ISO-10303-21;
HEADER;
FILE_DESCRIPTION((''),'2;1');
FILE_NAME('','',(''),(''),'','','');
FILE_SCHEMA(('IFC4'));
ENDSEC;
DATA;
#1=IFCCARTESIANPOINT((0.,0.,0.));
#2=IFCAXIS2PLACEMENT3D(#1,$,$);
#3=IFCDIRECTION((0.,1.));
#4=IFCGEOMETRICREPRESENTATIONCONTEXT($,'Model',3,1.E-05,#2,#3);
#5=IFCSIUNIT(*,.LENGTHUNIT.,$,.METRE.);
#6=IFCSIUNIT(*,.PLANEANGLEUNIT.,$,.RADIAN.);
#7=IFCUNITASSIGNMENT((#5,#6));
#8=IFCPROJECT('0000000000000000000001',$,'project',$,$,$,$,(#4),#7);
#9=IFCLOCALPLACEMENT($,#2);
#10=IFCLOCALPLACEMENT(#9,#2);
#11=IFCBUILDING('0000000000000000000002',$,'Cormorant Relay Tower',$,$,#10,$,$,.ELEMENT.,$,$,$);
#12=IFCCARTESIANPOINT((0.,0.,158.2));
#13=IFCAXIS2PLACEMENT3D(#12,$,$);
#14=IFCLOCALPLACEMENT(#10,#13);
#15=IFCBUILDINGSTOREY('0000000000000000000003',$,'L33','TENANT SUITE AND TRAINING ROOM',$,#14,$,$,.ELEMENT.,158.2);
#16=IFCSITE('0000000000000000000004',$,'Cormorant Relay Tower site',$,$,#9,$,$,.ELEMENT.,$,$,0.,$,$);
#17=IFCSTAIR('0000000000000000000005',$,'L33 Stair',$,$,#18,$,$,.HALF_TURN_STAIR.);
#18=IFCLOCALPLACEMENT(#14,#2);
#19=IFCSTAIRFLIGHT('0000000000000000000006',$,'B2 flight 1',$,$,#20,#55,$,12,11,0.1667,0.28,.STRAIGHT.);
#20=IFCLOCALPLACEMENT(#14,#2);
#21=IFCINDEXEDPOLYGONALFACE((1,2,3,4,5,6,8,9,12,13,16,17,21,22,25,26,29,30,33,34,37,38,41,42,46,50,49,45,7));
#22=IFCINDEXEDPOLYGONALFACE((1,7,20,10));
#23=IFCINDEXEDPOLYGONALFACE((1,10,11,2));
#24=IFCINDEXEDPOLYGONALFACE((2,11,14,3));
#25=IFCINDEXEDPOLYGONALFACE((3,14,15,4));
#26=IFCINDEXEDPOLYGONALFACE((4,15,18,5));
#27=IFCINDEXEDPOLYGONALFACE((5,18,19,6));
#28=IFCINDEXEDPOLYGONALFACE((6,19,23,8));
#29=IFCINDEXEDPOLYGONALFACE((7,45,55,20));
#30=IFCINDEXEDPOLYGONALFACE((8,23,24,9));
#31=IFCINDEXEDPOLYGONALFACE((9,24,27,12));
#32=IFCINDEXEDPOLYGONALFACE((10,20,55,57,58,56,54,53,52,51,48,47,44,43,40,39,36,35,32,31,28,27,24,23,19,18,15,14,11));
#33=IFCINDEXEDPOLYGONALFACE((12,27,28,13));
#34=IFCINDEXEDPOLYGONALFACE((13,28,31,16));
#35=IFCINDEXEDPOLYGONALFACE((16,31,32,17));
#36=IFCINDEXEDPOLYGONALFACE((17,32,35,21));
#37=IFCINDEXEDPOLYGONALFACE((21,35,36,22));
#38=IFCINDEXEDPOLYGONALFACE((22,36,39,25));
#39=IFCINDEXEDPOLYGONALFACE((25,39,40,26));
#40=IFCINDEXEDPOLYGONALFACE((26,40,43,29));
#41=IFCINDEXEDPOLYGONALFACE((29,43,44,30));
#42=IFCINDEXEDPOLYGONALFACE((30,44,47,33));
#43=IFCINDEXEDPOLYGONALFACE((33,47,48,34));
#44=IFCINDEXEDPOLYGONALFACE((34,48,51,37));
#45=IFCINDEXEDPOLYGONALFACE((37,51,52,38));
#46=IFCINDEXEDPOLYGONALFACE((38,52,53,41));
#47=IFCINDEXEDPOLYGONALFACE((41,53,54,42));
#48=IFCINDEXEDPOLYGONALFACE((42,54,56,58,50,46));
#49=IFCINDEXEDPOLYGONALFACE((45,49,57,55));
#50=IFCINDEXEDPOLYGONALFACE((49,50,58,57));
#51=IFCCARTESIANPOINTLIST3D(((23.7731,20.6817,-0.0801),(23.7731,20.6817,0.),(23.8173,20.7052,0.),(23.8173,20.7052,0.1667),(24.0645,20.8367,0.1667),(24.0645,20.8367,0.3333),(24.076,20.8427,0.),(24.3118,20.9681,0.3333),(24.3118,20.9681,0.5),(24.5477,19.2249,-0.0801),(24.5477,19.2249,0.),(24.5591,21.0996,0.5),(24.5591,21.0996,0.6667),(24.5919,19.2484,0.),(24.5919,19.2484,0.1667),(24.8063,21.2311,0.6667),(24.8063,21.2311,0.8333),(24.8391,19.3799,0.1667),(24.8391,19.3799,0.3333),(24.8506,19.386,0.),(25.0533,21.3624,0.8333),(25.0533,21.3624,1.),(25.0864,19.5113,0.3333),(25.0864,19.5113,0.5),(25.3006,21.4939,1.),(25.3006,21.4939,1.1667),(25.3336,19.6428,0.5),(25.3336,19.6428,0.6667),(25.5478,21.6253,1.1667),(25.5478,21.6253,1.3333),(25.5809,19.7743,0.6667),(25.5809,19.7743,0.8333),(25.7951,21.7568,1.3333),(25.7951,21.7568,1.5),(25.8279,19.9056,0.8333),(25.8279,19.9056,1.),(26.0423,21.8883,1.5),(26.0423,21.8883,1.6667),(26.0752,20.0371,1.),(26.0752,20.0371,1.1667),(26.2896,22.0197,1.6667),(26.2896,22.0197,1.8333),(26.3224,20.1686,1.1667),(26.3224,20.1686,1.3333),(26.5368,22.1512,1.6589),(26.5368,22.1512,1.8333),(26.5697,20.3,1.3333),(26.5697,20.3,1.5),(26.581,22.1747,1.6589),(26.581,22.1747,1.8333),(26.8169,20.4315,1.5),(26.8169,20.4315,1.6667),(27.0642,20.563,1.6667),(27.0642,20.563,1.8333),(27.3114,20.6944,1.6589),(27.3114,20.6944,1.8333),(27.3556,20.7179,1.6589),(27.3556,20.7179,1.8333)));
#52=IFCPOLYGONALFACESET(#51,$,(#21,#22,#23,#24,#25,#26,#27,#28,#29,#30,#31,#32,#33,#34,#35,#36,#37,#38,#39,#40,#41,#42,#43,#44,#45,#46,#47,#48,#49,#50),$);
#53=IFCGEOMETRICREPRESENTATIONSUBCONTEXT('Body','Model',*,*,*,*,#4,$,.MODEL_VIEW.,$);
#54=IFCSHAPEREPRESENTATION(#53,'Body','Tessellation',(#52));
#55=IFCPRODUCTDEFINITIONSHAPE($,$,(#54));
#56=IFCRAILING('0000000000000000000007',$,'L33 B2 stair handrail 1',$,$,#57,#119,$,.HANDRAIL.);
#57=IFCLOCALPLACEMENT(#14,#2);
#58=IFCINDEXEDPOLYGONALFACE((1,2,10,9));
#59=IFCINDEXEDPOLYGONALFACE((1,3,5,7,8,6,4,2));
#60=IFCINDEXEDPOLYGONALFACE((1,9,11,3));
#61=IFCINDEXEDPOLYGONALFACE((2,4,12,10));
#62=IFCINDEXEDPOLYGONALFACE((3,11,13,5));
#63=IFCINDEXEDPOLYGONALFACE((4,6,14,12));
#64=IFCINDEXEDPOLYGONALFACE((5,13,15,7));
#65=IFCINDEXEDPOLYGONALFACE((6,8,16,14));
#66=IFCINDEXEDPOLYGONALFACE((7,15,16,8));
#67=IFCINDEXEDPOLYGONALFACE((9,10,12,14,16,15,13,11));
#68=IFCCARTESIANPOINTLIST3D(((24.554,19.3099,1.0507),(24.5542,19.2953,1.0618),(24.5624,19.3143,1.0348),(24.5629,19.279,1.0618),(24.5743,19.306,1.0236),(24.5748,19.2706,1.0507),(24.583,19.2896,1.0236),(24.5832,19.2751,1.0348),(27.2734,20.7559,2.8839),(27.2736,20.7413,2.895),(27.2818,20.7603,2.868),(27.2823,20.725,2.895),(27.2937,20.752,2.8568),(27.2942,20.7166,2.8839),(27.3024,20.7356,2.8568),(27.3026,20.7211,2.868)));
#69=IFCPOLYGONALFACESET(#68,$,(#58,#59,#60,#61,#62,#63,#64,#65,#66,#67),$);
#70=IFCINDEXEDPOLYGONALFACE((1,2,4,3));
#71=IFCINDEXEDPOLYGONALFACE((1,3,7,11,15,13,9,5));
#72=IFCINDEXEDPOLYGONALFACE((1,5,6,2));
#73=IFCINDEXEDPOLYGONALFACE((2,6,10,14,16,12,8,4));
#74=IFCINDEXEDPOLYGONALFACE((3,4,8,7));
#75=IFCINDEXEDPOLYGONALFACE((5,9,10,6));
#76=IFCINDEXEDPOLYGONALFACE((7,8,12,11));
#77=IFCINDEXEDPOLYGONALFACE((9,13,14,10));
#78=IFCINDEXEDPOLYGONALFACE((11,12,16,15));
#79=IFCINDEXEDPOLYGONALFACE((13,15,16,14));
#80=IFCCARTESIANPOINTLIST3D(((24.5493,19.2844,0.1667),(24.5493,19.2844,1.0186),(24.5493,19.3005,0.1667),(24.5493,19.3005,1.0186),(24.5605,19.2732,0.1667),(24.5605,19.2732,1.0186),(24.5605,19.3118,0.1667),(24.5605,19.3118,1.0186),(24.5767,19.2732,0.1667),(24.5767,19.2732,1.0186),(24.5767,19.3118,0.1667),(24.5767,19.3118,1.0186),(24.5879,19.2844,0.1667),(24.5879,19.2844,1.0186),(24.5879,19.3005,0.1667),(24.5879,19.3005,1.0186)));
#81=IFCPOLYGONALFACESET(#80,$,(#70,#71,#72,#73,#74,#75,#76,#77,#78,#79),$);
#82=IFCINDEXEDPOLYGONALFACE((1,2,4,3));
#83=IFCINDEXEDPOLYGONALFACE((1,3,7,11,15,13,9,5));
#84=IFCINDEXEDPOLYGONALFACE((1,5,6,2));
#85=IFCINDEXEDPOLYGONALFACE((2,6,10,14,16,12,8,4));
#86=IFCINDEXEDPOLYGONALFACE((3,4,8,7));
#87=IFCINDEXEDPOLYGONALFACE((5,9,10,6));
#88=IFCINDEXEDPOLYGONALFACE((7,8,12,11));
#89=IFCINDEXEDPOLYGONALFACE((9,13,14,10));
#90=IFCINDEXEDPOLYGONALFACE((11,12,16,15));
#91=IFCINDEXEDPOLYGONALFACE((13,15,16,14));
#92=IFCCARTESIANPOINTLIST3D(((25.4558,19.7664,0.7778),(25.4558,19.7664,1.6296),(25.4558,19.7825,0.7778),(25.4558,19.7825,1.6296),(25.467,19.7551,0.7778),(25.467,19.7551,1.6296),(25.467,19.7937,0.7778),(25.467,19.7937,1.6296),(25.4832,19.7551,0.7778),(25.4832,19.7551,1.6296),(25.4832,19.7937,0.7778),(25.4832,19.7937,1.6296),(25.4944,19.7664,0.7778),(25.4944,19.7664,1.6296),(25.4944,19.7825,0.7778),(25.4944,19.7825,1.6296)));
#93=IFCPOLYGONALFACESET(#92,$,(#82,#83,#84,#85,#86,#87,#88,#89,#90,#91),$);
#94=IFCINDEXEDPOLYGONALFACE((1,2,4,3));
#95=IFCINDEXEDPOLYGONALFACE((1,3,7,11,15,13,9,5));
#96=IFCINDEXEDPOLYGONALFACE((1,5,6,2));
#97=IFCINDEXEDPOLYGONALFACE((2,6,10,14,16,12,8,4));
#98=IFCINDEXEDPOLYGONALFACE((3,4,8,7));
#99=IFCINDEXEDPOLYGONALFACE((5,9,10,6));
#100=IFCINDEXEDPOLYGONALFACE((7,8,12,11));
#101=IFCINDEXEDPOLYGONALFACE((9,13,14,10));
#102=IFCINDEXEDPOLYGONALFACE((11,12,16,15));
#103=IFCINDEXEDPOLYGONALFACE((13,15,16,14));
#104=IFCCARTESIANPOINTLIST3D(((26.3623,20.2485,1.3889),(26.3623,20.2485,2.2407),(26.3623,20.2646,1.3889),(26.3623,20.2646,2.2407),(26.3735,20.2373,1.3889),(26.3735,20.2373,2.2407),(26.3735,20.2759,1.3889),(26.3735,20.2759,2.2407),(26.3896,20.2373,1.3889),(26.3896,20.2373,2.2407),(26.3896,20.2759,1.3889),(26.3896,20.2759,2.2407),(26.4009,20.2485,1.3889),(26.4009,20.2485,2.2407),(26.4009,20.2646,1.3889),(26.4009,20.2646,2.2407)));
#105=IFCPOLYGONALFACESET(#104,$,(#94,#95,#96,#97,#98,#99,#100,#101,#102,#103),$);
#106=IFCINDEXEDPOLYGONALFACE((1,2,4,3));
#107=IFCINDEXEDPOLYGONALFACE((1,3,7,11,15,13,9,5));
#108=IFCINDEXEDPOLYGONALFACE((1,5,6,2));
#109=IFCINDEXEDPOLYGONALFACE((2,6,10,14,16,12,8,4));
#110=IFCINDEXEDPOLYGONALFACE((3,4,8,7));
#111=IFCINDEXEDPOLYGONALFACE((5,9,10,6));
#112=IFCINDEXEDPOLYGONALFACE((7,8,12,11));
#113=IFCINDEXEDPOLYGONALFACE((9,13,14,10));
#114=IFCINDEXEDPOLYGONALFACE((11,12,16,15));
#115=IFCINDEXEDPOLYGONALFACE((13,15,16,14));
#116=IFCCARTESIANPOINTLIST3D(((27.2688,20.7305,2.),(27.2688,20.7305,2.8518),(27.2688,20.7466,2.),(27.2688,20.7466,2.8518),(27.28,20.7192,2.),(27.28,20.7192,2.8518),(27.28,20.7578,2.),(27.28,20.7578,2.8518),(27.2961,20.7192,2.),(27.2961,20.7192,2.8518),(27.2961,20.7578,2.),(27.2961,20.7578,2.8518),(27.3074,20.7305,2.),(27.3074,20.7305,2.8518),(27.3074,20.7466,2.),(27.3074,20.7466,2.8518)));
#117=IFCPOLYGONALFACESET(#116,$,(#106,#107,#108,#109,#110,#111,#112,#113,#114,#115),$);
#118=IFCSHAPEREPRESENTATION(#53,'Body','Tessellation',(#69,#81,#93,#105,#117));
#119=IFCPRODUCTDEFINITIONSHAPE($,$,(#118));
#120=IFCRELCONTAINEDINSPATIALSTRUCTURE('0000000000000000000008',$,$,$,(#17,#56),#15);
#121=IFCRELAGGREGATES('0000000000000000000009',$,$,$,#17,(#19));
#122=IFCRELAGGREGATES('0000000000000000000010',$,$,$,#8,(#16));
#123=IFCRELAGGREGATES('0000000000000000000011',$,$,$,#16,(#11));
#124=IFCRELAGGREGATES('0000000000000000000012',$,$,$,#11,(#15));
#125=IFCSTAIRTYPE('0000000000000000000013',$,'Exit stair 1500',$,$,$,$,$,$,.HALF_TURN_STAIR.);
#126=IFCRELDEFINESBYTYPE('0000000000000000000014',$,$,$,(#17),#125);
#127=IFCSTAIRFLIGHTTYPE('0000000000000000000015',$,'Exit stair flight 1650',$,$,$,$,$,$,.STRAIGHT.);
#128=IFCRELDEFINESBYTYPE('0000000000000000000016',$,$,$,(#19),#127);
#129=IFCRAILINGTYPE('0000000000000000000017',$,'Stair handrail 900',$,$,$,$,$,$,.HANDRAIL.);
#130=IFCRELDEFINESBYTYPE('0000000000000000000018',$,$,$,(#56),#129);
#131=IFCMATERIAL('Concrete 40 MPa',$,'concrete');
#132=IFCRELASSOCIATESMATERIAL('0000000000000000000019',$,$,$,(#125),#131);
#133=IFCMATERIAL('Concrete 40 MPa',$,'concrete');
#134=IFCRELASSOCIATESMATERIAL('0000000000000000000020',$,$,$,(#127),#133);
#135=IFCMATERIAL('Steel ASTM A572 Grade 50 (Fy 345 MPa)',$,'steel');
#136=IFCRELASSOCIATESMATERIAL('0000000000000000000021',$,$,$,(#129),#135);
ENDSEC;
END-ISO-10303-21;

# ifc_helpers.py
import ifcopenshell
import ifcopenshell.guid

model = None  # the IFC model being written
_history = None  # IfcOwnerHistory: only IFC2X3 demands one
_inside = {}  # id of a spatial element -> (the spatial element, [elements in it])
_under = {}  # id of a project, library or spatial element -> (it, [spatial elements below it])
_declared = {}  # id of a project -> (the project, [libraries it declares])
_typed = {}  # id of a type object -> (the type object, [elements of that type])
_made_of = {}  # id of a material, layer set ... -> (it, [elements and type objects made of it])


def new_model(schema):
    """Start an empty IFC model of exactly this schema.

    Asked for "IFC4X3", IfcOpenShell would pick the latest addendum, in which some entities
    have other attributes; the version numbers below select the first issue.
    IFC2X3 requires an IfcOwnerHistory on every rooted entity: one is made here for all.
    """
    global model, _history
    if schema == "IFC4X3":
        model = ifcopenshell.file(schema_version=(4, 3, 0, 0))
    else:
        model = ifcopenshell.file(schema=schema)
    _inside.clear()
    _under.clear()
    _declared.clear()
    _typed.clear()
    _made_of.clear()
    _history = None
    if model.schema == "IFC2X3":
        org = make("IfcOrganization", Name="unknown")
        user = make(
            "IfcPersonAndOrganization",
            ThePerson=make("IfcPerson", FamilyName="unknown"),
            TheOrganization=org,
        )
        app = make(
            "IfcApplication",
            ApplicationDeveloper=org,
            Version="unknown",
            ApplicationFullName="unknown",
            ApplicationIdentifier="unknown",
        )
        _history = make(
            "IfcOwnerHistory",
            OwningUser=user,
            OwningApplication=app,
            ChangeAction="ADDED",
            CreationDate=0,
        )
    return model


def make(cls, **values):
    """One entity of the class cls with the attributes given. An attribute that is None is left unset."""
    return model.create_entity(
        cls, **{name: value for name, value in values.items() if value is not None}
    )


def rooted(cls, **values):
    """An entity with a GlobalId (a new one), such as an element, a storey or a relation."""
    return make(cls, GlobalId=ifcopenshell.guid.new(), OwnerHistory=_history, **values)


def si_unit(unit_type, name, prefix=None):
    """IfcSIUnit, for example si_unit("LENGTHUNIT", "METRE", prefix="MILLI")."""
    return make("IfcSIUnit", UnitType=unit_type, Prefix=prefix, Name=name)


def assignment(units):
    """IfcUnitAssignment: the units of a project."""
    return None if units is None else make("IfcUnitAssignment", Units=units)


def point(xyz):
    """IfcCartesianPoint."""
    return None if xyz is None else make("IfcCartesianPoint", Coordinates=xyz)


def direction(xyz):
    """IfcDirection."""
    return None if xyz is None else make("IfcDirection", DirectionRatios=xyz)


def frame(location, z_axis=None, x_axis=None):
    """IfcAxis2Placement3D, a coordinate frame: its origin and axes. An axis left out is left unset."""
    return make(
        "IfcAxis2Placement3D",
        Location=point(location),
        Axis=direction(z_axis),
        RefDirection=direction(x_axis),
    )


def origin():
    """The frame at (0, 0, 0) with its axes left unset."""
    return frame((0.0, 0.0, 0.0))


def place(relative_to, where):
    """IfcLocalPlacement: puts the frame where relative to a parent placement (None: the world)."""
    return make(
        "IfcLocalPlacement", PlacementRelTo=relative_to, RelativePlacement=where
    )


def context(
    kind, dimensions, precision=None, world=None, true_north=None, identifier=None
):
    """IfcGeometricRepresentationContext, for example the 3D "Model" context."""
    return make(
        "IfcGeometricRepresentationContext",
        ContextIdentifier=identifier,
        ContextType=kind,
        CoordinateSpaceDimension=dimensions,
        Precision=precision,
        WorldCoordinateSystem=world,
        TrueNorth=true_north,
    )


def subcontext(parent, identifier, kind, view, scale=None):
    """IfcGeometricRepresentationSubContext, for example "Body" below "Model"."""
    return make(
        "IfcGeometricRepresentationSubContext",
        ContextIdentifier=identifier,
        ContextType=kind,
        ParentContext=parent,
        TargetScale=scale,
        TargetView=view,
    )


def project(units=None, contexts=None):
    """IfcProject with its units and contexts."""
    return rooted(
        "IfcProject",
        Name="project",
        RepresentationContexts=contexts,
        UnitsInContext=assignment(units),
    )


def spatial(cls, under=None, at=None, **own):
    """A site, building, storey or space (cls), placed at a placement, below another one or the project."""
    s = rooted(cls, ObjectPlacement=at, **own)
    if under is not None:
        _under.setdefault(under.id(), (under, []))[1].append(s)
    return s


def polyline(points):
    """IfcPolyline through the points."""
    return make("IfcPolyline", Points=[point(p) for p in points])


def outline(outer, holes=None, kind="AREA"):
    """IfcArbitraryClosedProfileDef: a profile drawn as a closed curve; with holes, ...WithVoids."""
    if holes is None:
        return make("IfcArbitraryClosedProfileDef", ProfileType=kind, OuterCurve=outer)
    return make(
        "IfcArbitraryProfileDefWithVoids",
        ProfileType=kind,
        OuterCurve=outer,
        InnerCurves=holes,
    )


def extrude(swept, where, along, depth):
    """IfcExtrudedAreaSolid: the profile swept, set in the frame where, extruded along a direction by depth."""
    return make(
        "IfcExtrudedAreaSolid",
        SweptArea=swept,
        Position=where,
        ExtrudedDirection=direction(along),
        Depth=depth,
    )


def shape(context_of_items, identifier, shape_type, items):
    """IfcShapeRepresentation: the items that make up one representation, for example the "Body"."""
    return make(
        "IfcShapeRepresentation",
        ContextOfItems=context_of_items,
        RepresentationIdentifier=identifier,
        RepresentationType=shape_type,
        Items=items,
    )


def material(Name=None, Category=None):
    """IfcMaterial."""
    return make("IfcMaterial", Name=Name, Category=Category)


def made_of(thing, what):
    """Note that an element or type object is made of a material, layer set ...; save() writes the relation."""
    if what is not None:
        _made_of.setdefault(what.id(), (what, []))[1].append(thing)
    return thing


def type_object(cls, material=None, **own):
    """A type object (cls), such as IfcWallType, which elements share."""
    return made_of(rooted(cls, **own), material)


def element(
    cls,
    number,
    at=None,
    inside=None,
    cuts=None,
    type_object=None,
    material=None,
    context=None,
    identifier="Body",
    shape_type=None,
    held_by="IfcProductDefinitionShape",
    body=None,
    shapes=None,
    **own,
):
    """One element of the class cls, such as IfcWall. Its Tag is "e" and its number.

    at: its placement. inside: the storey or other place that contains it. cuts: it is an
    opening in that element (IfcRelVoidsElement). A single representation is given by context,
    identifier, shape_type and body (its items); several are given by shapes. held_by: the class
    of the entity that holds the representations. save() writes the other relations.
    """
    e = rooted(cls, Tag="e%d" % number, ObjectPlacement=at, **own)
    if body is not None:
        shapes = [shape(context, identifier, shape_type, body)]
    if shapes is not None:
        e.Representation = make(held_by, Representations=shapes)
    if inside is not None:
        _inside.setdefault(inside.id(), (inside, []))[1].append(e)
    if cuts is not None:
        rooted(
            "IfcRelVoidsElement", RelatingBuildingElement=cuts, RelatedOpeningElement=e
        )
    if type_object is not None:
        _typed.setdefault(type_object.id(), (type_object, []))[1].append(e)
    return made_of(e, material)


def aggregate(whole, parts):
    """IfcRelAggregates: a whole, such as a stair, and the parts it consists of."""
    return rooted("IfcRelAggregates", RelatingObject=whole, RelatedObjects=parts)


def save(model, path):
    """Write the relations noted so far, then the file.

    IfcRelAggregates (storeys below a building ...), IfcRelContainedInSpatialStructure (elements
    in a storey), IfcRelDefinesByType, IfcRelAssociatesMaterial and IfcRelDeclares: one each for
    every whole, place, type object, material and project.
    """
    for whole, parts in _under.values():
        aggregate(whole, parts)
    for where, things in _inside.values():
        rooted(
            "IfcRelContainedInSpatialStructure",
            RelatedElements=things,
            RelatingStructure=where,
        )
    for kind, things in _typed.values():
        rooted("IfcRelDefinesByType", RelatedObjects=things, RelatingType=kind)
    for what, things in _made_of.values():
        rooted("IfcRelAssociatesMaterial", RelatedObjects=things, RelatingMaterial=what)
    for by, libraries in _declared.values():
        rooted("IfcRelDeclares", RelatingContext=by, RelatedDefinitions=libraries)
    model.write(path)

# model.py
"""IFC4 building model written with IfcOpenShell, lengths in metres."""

from ifc_helpers import new_model, si_unit, direction, frame, origin, place, context, subcontext, project, spatial, polyline, outline, extrude, material, type_object, element, aggregate, save


model = new_model("IFC4")

# Units and contexts
model_context = context("Model", 3, precision=1e-05, world=origin(), true_north=direction((0.0, 1.0)))
body_context = subcontext(model_context, "Body", "Model", "MODEL_VIEW")
ifc_project = project(units=[si_unit("LENGTHUNIT", "METRE"), si_unit("PLANEANGLEUNIT", "RADIAN")], contexts=[model_context])

# Site, building, storey
site_placement = place(None, origin())
site = spatial("IfcSite", under=ifc_project, at=site_placement, Name="Cormorant Relay Tower site", CompositionType="ELEMENT", RefElevation=0.0)
building_placement = place(site_placement, origin())
building = spatial("IfcBuilding", under=site, at=building_placement, Name="Cormorant Relay Tower", CompositionType="ELEMENT")
storey_placement = place(building_placement, frame((0.0, 0.0, 158.2)))
storey = spatial("IfcBuildingStorey", under=building, at=storey_placement, Name="L33", Description="TENANT SUITE AND TRAINING ROOM", CompositionType="ELEMENT", Elevation=158.2)

# Stair, stair flight
ifc_material_1 = material(Name="Concrete 40 MPa", Category="concrete")
stair_type = type_object("IfcStairType", Name="Exit stair 1500", PredefinedType="HALF_TURN_STAIR", material=ifc_material_1)
stair_placement = place(storey_placement, origin())
stair = element("IfcStair", 1, at=stair_placement, inside=storey, type_object=stair_type, Name="L33 Stair", PredefinedType="HALF_TURN_STAIR")
ifc_material_2 = material(Name="Concrete 40 MPa", Category="concrete")
stair_flight_type = type_object("IfcStairFlightType", Name="Exit stair flight 1650", PredefinedType="STRAIGHT", material=ifc_material_2)
stair_flight_placement = place(storey_placement, frame((24.2046, 19.9768, 0.0), z_axis=(0.0, 0.0, 1.0), x_axis=(0.882948, 0.469472, 0.0)))
stair_flight = element("IfcStairFlight", 2, at=stair_flight_placement, type_object=stair_flight_type, Name="B2 flight 1", NumberOfRisers=12, NumberOfTreads=11, PredefinedType="STRAIGHT", RiserHeight=0.1667, TreadLength=0.28, context=body_context, shape_type="SweptSolid", body=[
    extrude(outline(polyline([(-0.05, -0.0801), (-0.05, 0.0), (0.0, 0.0), (0.0, 0.1667), (0.28, 0.1667), (0.28, 0.3333), (0.5601, 0.3333), (0.5601, 0.5), (0.8401, 0.5), (0.8401, 0.6667), (1.1201, 0.6667), (1.1201, 0.8333), (1.3999, 0.8333), (1.3999, 1.0), (1.6799, 1.0), (1.6799, 1.1667), (1.96, 1.1667), (1.96, 1.3333), (2.24, 1.3333), (2.24, 1.5), (2.52, 1.5), (2.52, 1.6667), (2.8, 1.6667), (2.8, 1.8333), (3.0801, 1.8333), (3.1301, 1.8333), (3.1301, 1.6589), (3.0801, 1.6589), (0.293, 0.0), (-0.05, -0.0801)])), frame((0.0, 0.825, 0.0), z_axis=(0.0, -1.0, 0.0), x_axis=(1.0, 0.0, 0.0)), (0.0, 0.0, 1.0), 1.6499),
])
aggregate(stair, [stair_flight])

# Railing
ifc_material_3 = material(Name="Steel ASTM A572 Grade 50 (Fy 345 MPa)", Category="steel")
railing_type = type_object("IfcRailingType", Name="Stair handrail 900", PredefinedType="HANDRAIL", material=ifc_material_3)
railing_placement = place(storey_placement, frame((24.5686, 19.2925, 0.1667)))
element("IfcRailing", 3, at=railing_placement, inside=storey, type_object=railing_type, Name="L33 B2 stair handrail 1", PredefinedType="HANDRAIL", context=body_context, shape_type="SweptSolid", body=[
    extrude(outline(polyline([(0.0222, 0.0093), (0.0093, 0.0222), (-0.0093, 0.0222), (-0.0222, 0.0093), (-0.0222, -0.0093), (-0.0093, -0.0222), (0.0093, -0.0222), (0.0222, -0.0093), (0.0222, 0.0093)])), frame((0.0, 0.0, 0.876), z_axis=(0.758714, 0.403435, 0.511463), x_axis=(-0.469489, 0.882938, 0.0)), (0.0, 0.0, 1.0), 3.5842),
    extrude(outline(polyline([(0.0193, 0.0081), (0.0081, 0.0193), (-0.0081, 0.0193), (-0.0193, 0.0081), (-0.0193, -0.0081), (-0.0081, -0.0193), (0.0081, -0.0193), (0.0193, -0.0081), (0.0193, 0.0081)])), origin(), (0.0, 0.0, 1.0), 0.8518),
    extrude(outline(polyline([(0.0193, 0.0081), (0.0081, 0.0193), (-0.0081, 0.0193), (-0.0193, 0.0081), (-0.0193, -0.0081), (-0.0081, -0.0193), (0.0081, -0.0193), (0.0193, -0.0081), (0.0193, 0.0081)])), frame((0.9065, 0.4819, 0.6111)), (0.0, 0.0, 1.0), 0.8518),
    extrude(outline(polyline([(0.0193, 0.0081), (0.0081, 0.0193), (-0.0081, 0.0193), (-0.0193, 0.0081), (-0.0193, -0.0081), (-0.0081, -0.0193), (0.0081, -0.0193), (0.0193, -0.0081), (0.0193, 0.0081)])), frame((1.813, 0.9641, 1.2222)), (0.0, 0.0, 1.0), 0.8518),
    extrude(outline(polyline([(0.0193, 0.0081), (0.0081, 0.0193), (-0.0081, 0.0193), (-0.0193, 0.0081), (-0.0193, -0.0081), (-0.0081, -0.0193), (0.0081, -0.0193), (0.0193, -0.0081), (0.0193, 0.0081)])), frame((2.7195, 1.446, 1.8333)), (0.0, 0.0, 1.0), 0.8518),
])

save(model, "model.ifc")
